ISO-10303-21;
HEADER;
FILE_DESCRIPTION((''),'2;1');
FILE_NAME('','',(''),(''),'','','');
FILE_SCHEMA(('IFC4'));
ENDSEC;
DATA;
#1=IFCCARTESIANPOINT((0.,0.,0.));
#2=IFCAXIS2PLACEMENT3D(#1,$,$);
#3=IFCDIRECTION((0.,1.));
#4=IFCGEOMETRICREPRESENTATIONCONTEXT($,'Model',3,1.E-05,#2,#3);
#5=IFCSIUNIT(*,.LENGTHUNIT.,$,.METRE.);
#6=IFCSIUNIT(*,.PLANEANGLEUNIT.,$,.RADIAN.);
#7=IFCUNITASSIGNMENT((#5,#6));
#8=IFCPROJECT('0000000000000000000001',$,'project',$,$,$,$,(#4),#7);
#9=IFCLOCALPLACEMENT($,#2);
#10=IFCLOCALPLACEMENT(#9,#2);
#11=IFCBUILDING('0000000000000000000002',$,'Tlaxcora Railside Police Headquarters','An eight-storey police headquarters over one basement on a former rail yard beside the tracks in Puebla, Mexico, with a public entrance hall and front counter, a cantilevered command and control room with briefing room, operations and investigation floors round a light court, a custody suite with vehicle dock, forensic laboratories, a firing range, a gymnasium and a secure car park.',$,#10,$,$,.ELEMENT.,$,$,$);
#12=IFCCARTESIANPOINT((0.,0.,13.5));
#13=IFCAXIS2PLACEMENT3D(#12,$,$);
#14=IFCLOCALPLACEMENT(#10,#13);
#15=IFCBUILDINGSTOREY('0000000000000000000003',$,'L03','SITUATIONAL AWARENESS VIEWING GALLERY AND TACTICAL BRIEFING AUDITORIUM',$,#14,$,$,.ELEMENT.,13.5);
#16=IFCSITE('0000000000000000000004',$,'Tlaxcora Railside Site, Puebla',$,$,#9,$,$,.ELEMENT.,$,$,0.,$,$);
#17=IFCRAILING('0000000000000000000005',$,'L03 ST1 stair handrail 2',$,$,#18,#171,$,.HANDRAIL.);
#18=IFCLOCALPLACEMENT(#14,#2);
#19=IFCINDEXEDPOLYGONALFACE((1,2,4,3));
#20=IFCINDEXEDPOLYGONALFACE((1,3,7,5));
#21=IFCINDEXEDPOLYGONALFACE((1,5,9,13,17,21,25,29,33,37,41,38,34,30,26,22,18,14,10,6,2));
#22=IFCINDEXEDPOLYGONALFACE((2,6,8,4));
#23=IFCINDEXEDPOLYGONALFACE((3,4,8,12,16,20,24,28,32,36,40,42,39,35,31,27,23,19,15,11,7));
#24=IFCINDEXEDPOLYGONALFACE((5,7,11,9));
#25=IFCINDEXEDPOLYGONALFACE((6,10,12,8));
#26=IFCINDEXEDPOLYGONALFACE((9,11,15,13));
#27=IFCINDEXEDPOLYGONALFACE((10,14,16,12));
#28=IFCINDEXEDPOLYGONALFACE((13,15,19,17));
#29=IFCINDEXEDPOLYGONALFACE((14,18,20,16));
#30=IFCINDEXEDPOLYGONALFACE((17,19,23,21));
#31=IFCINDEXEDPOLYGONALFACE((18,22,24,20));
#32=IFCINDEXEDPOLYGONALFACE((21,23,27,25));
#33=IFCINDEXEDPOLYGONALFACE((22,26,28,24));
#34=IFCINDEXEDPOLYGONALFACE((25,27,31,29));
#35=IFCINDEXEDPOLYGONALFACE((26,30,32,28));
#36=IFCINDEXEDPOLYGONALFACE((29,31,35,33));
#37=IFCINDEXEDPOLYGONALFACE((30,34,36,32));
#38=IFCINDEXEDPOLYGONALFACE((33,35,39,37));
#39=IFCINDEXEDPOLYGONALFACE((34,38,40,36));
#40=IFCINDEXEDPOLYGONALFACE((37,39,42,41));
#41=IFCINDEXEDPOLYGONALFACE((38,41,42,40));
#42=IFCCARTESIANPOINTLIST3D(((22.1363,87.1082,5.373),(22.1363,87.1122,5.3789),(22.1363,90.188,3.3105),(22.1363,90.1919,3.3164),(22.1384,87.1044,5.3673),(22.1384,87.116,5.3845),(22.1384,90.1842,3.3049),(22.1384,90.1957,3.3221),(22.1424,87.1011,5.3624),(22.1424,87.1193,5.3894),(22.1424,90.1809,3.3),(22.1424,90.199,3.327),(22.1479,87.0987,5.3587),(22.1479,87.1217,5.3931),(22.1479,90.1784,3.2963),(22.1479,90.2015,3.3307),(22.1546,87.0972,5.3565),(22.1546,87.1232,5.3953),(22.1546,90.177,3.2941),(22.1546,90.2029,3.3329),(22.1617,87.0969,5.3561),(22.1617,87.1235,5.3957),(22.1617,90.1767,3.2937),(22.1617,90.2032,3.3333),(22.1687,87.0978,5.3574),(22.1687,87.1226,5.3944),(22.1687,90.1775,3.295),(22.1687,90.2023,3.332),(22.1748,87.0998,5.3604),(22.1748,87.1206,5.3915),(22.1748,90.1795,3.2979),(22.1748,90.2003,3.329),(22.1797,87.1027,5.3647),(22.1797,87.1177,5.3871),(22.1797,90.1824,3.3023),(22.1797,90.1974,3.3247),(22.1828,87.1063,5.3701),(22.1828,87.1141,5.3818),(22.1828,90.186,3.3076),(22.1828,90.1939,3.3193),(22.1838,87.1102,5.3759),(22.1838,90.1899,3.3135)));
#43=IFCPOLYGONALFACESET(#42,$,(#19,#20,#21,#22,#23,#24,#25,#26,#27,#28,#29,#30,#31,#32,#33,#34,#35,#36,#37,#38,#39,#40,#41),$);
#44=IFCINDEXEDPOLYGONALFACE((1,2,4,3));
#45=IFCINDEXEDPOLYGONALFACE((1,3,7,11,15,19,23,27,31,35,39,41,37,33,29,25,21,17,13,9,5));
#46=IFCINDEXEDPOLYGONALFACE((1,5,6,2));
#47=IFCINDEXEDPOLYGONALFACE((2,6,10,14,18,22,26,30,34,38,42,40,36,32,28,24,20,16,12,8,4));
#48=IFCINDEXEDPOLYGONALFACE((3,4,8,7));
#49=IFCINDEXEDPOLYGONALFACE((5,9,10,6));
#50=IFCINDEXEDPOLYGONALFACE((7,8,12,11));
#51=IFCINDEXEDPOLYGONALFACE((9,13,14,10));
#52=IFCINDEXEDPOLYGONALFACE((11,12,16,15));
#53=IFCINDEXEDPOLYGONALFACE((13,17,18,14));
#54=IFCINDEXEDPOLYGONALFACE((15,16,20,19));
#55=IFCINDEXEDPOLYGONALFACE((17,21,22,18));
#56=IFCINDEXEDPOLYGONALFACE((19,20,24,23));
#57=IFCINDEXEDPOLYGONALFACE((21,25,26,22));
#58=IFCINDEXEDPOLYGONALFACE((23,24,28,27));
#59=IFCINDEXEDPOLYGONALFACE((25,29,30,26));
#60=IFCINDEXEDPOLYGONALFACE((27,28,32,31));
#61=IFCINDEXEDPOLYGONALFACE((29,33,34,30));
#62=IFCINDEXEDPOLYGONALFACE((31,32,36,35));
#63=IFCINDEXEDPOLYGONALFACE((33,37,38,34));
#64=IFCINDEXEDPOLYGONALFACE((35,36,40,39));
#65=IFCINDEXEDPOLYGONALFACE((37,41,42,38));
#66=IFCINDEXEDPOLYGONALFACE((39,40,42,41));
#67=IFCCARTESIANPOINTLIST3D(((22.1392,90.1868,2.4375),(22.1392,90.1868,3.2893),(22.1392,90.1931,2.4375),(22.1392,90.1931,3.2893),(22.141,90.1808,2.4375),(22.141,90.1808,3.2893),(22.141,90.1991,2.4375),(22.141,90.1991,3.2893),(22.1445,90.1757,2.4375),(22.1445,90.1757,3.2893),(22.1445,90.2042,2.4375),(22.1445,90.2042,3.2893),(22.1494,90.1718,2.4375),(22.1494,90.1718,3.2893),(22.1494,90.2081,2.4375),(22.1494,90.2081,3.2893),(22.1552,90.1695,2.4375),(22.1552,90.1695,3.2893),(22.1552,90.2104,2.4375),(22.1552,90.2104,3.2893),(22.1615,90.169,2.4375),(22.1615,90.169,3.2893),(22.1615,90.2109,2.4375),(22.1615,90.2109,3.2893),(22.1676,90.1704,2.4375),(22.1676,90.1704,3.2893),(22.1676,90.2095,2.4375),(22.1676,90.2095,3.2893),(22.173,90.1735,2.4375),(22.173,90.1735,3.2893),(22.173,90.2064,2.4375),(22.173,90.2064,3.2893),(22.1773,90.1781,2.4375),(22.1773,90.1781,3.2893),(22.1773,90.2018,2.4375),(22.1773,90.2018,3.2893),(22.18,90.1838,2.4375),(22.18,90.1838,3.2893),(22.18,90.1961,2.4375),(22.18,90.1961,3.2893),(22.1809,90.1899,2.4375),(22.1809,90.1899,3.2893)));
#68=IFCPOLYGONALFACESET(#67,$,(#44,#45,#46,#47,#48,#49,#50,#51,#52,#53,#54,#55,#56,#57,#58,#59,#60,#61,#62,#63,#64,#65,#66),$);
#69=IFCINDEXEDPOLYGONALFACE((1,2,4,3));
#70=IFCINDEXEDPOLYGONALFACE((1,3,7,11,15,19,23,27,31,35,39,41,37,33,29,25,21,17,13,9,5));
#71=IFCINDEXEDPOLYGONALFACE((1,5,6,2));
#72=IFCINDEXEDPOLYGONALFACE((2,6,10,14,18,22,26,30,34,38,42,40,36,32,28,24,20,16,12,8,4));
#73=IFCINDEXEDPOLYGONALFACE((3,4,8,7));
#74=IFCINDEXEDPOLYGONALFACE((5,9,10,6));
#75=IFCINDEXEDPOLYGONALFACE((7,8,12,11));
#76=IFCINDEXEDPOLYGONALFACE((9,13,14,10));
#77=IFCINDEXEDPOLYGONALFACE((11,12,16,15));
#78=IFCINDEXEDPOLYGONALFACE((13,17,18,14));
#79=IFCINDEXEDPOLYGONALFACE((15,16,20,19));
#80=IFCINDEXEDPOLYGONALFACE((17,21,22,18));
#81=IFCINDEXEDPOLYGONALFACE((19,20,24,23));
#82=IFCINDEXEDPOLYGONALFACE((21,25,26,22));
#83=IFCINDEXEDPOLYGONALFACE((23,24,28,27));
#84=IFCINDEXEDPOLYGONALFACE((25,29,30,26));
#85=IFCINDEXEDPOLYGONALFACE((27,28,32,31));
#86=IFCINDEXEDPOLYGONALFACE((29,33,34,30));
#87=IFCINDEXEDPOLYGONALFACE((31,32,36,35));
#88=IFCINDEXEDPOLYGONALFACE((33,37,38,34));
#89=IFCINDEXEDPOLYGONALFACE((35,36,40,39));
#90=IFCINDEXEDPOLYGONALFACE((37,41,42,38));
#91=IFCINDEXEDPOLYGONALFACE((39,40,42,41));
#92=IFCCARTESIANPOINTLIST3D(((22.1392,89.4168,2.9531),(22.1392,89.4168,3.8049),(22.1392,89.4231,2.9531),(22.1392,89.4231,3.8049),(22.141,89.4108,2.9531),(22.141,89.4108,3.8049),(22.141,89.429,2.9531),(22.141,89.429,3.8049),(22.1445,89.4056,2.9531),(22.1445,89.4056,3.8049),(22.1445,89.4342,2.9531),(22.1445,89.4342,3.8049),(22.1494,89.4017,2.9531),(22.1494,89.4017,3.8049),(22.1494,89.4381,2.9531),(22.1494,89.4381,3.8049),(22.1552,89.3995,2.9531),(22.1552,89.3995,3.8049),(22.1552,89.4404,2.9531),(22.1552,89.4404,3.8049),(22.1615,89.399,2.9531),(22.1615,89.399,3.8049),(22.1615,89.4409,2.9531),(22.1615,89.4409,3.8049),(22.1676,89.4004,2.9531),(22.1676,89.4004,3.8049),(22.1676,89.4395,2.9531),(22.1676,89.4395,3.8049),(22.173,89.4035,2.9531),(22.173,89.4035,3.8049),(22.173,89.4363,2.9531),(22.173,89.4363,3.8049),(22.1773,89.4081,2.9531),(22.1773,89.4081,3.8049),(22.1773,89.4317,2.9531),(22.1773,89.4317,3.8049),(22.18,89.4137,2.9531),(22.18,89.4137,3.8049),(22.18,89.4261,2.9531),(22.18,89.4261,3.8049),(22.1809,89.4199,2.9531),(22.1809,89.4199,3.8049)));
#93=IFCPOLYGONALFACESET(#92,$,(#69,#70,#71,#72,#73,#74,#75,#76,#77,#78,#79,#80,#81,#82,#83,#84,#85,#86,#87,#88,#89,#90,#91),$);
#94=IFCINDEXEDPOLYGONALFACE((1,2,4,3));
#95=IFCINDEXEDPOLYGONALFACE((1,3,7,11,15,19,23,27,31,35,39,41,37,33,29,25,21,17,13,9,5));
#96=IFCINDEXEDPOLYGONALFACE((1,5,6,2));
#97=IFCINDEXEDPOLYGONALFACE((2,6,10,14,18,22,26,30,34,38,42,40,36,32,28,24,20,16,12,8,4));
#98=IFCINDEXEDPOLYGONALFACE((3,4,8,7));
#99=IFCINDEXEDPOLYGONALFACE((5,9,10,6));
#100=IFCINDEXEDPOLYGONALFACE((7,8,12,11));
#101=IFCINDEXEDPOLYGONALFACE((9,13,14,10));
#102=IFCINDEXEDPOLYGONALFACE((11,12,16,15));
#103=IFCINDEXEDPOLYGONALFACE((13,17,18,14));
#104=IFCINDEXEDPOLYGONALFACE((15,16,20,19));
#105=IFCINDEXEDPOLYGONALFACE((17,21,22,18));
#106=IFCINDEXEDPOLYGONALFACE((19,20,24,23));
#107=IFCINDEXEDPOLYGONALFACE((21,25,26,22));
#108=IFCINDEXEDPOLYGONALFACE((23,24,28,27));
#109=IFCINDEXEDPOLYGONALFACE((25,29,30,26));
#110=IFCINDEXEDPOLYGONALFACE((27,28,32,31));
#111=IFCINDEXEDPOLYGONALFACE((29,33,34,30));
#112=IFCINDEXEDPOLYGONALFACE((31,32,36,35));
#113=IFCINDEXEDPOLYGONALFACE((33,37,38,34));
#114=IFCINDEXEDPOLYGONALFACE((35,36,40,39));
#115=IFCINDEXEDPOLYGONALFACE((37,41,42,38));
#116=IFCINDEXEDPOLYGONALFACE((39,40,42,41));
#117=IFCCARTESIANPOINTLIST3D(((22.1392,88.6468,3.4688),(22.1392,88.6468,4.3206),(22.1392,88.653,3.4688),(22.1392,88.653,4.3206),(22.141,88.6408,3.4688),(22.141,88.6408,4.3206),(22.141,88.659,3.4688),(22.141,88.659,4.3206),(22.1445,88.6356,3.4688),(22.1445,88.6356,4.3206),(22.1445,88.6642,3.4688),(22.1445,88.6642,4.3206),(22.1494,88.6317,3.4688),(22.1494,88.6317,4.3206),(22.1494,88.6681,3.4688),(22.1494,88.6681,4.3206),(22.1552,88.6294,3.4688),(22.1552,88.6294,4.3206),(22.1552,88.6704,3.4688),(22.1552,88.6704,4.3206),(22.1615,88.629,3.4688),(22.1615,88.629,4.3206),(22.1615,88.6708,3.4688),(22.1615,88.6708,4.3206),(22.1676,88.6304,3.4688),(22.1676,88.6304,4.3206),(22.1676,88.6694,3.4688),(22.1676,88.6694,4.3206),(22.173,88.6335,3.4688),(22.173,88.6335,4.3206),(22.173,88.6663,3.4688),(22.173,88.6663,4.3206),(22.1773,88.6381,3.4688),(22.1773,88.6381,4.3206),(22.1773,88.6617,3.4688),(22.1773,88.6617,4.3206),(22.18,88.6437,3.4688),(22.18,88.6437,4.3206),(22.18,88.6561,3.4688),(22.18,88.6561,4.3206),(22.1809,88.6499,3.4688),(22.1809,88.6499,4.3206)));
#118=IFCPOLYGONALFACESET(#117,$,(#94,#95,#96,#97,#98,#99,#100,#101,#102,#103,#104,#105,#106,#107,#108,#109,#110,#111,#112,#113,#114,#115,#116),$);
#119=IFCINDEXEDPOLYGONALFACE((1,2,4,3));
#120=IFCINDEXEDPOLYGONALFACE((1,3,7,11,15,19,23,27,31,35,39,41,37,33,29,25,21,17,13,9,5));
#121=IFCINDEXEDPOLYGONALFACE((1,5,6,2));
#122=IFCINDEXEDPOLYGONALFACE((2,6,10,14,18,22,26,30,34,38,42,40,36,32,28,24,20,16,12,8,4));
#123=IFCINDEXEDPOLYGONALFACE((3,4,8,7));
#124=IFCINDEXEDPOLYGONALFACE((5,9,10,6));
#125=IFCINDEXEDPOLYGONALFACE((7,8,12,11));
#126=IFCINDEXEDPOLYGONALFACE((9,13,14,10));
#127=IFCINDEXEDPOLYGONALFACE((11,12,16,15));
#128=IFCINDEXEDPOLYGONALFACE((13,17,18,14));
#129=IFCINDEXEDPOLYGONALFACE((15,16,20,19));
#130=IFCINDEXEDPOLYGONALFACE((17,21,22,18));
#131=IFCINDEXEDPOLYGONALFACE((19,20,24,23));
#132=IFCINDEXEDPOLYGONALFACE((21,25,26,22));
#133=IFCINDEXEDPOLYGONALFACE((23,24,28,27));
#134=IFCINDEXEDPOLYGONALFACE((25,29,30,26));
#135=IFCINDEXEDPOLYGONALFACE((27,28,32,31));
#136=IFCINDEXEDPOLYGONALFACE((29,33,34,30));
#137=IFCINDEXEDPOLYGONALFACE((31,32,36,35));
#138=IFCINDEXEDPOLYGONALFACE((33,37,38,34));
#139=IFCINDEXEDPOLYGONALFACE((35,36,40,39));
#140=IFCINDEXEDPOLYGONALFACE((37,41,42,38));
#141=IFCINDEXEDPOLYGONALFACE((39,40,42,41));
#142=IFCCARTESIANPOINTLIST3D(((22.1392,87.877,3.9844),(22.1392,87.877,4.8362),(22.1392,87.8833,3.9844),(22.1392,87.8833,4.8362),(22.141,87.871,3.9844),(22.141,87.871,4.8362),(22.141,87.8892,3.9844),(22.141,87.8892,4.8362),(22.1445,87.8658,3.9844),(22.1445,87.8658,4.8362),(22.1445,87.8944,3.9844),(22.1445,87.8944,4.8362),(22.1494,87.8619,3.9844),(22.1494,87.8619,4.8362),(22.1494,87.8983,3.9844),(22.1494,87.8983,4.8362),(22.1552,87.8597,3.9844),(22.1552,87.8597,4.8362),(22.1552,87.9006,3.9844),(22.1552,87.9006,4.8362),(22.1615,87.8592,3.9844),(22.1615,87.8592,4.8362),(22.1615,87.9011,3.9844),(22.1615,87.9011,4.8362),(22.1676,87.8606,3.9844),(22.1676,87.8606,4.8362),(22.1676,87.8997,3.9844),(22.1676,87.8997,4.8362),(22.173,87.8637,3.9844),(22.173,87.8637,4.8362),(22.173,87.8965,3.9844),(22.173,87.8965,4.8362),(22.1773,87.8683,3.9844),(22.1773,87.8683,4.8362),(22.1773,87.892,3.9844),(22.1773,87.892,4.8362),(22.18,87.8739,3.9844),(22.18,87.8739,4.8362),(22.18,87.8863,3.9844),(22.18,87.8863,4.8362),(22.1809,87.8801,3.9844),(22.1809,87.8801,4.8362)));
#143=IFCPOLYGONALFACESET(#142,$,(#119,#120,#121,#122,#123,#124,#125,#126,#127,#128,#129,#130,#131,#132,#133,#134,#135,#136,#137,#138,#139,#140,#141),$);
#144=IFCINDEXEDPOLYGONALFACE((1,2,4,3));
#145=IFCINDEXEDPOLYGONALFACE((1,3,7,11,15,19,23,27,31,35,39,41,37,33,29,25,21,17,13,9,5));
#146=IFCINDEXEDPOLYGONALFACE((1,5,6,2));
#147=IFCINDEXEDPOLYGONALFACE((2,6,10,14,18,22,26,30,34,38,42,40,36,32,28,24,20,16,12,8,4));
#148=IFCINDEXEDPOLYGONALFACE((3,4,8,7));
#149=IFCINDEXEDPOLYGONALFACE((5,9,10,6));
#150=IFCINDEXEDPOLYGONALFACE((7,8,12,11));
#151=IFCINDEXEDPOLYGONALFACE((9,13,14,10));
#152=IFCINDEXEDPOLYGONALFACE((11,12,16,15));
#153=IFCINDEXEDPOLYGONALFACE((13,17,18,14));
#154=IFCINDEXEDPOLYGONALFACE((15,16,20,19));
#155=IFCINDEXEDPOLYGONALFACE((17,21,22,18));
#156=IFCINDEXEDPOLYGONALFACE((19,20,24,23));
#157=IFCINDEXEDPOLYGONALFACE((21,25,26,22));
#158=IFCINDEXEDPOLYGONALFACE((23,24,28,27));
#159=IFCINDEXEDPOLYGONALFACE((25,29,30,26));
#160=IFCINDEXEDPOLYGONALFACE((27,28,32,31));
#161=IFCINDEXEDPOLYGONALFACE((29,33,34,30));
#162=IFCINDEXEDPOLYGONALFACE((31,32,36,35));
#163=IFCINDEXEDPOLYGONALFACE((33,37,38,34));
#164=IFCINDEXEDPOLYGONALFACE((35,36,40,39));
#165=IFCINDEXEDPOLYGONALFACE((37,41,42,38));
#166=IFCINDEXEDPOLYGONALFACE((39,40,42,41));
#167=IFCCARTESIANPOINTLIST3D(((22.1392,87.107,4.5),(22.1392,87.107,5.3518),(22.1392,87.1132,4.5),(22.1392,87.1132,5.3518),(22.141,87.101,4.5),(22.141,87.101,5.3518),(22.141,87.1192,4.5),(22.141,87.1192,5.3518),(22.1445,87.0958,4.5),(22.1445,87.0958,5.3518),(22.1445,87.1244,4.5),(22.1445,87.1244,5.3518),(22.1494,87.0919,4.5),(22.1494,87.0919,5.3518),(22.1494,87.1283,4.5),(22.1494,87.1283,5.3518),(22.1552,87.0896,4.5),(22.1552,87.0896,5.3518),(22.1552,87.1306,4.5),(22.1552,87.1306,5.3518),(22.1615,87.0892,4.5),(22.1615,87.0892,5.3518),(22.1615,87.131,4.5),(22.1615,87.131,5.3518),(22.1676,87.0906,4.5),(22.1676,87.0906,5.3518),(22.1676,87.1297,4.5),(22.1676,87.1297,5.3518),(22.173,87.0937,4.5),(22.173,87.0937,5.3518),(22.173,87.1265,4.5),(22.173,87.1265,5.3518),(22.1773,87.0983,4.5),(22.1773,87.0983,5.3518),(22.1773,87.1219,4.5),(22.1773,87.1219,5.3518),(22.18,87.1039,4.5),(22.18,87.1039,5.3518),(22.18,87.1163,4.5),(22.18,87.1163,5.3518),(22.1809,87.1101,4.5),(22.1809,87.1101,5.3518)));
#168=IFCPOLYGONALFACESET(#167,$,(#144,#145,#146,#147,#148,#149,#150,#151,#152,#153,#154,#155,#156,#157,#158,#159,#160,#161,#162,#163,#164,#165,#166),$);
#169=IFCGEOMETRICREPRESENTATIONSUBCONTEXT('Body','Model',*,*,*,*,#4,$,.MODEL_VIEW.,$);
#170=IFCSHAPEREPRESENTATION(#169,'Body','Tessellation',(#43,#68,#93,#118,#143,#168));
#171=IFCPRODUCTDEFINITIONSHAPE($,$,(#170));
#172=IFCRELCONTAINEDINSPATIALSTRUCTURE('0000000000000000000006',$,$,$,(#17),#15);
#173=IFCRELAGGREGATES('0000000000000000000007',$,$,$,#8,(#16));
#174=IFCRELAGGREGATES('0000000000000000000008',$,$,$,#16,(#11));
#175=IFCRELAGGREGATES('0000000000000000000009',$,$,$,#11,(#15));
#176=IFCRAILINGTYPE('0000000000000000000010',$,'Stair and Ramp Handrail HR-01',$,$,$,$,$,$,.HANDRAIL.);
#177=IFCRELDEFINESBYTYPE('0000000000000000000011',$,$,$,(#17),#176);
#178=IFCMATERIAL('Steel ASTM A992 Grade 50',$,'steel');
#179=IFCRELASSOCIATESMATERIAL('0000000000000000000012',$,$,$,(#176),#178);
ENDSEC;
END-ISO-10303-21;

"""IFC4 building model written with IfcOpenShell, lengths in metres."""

from ifc_helpers import new_model, si_unit, direction, frame, origin, origin_2d, place, context, subcontext, project, spatial, circle, extrude, material, type_object, element, save


model = new_model("IFC4")

# Units and contexts
model_context = context("Model", 3, precision=1e-05, world=origin(), true_north=direction((0.0, 1.0)))
body_context = subcontext(model_context, "Body", "Model", "MODEL_VIEW")
ifc_project = project(units=[si_unit("LENGTHUNIT", "METRE"), si_unit("PLANEANGLEUNIT", "RADIAN")], contexts=[model_context])

# Site, building, storey
site_placement = place(None, origin())
site = spatial("IfcSite", under=ifc_project, at=site_placement, Name="Tlaxcora Railside Site, Puebla", CompositionType="ELEMENT", RefElevation=0.0)
building_placement = place(site_placement, origin())
building = spatial("IfcBuilding", under=site, at=building_placement, Name="Tlaxcora Railside Police Headquarters", Description="An eight-storey police headquarters over one basement on a former rail yard beside the tracks in Puebla, Mexico, with a public entrance hall and front counter, a cantilevered command and control room with briefing room, operations and investigation floors round a light court, a custody suite with vehicle dock, forensic laboratories, a firing range, a gymnasium and a secure car park.", CompositionType="ELEMENT")
storey_placement = place(building_placement, frame((0.0, 0.0, 13.5)))
storey = spatial("IfcBuildingStorey", under=building, at=storey_placement, Name="L03", Description="SITUATIONAL AWARENESS VIEWING GALLERY AND TACTICAL BRIEFING AUDITORIUM", CompositionType="ELEMENT", Elevation=13.5)

# Shared definitions
ifc_material_1 = material(Name="Steel ASTM A992 Grade 50", Category="steel")

# Railing
railing_type_1 = type_object("IfcRailingType", Name="Stair and Ramp Handrail HR-01", PredefinedType="HANDRAIL", material=ifc_material_1)
railing_1_placement = place(storey_placement, frame((22.1599, 90.1899, 2.4375)))
element("IfcRailing", 1, at=railing_1_placement, inside=storey, type_object=railing_type_1, Name="L03 ST1 stair handrail 2", PredefinedType="HANDRAIL", context=body_context, shape_type="SweptSolid", body=[
    extrude(circle(Radius=0.0239, at=origin_2d()), frame((0.0, 0.0, 0.876), z_axis=(0.0, -0.830893, 0.556432), x_axis=(1.0, 0.0, 0.0)), (0.0, 0.0, 1.0), 3.7065),
    extrude(circle(Radius=0.021, at=origin_2d()), origin(), (0.0, 0.0, 1.0), 0.8518),
    extrude(circle(Radius=0.021, at=origin_2d()), frame((0.0, -0.77, 0.5156)), (0.0, 0.0, 1.0), 0.8518),
    extrude(circle(Radius=0.021, at=origin_2d()), frame((0.0, -1.54, 1.0312)), (0.0, 0.0, 1.0), 0.8518),
    extrude(circle(Radius=0.021, at=origin_2d()), frame((0.0, -2.3098, 1.5469)), (0.0, 0.0, 1.0), 0.8518),
    extrude(circle(Radius=0.021, at=origin_2d()), frame((0.0, -3.0798, 2.0625)), (0.0, 0.0, 1.0), 0.8518),
])

save(model, "model.ifc")
